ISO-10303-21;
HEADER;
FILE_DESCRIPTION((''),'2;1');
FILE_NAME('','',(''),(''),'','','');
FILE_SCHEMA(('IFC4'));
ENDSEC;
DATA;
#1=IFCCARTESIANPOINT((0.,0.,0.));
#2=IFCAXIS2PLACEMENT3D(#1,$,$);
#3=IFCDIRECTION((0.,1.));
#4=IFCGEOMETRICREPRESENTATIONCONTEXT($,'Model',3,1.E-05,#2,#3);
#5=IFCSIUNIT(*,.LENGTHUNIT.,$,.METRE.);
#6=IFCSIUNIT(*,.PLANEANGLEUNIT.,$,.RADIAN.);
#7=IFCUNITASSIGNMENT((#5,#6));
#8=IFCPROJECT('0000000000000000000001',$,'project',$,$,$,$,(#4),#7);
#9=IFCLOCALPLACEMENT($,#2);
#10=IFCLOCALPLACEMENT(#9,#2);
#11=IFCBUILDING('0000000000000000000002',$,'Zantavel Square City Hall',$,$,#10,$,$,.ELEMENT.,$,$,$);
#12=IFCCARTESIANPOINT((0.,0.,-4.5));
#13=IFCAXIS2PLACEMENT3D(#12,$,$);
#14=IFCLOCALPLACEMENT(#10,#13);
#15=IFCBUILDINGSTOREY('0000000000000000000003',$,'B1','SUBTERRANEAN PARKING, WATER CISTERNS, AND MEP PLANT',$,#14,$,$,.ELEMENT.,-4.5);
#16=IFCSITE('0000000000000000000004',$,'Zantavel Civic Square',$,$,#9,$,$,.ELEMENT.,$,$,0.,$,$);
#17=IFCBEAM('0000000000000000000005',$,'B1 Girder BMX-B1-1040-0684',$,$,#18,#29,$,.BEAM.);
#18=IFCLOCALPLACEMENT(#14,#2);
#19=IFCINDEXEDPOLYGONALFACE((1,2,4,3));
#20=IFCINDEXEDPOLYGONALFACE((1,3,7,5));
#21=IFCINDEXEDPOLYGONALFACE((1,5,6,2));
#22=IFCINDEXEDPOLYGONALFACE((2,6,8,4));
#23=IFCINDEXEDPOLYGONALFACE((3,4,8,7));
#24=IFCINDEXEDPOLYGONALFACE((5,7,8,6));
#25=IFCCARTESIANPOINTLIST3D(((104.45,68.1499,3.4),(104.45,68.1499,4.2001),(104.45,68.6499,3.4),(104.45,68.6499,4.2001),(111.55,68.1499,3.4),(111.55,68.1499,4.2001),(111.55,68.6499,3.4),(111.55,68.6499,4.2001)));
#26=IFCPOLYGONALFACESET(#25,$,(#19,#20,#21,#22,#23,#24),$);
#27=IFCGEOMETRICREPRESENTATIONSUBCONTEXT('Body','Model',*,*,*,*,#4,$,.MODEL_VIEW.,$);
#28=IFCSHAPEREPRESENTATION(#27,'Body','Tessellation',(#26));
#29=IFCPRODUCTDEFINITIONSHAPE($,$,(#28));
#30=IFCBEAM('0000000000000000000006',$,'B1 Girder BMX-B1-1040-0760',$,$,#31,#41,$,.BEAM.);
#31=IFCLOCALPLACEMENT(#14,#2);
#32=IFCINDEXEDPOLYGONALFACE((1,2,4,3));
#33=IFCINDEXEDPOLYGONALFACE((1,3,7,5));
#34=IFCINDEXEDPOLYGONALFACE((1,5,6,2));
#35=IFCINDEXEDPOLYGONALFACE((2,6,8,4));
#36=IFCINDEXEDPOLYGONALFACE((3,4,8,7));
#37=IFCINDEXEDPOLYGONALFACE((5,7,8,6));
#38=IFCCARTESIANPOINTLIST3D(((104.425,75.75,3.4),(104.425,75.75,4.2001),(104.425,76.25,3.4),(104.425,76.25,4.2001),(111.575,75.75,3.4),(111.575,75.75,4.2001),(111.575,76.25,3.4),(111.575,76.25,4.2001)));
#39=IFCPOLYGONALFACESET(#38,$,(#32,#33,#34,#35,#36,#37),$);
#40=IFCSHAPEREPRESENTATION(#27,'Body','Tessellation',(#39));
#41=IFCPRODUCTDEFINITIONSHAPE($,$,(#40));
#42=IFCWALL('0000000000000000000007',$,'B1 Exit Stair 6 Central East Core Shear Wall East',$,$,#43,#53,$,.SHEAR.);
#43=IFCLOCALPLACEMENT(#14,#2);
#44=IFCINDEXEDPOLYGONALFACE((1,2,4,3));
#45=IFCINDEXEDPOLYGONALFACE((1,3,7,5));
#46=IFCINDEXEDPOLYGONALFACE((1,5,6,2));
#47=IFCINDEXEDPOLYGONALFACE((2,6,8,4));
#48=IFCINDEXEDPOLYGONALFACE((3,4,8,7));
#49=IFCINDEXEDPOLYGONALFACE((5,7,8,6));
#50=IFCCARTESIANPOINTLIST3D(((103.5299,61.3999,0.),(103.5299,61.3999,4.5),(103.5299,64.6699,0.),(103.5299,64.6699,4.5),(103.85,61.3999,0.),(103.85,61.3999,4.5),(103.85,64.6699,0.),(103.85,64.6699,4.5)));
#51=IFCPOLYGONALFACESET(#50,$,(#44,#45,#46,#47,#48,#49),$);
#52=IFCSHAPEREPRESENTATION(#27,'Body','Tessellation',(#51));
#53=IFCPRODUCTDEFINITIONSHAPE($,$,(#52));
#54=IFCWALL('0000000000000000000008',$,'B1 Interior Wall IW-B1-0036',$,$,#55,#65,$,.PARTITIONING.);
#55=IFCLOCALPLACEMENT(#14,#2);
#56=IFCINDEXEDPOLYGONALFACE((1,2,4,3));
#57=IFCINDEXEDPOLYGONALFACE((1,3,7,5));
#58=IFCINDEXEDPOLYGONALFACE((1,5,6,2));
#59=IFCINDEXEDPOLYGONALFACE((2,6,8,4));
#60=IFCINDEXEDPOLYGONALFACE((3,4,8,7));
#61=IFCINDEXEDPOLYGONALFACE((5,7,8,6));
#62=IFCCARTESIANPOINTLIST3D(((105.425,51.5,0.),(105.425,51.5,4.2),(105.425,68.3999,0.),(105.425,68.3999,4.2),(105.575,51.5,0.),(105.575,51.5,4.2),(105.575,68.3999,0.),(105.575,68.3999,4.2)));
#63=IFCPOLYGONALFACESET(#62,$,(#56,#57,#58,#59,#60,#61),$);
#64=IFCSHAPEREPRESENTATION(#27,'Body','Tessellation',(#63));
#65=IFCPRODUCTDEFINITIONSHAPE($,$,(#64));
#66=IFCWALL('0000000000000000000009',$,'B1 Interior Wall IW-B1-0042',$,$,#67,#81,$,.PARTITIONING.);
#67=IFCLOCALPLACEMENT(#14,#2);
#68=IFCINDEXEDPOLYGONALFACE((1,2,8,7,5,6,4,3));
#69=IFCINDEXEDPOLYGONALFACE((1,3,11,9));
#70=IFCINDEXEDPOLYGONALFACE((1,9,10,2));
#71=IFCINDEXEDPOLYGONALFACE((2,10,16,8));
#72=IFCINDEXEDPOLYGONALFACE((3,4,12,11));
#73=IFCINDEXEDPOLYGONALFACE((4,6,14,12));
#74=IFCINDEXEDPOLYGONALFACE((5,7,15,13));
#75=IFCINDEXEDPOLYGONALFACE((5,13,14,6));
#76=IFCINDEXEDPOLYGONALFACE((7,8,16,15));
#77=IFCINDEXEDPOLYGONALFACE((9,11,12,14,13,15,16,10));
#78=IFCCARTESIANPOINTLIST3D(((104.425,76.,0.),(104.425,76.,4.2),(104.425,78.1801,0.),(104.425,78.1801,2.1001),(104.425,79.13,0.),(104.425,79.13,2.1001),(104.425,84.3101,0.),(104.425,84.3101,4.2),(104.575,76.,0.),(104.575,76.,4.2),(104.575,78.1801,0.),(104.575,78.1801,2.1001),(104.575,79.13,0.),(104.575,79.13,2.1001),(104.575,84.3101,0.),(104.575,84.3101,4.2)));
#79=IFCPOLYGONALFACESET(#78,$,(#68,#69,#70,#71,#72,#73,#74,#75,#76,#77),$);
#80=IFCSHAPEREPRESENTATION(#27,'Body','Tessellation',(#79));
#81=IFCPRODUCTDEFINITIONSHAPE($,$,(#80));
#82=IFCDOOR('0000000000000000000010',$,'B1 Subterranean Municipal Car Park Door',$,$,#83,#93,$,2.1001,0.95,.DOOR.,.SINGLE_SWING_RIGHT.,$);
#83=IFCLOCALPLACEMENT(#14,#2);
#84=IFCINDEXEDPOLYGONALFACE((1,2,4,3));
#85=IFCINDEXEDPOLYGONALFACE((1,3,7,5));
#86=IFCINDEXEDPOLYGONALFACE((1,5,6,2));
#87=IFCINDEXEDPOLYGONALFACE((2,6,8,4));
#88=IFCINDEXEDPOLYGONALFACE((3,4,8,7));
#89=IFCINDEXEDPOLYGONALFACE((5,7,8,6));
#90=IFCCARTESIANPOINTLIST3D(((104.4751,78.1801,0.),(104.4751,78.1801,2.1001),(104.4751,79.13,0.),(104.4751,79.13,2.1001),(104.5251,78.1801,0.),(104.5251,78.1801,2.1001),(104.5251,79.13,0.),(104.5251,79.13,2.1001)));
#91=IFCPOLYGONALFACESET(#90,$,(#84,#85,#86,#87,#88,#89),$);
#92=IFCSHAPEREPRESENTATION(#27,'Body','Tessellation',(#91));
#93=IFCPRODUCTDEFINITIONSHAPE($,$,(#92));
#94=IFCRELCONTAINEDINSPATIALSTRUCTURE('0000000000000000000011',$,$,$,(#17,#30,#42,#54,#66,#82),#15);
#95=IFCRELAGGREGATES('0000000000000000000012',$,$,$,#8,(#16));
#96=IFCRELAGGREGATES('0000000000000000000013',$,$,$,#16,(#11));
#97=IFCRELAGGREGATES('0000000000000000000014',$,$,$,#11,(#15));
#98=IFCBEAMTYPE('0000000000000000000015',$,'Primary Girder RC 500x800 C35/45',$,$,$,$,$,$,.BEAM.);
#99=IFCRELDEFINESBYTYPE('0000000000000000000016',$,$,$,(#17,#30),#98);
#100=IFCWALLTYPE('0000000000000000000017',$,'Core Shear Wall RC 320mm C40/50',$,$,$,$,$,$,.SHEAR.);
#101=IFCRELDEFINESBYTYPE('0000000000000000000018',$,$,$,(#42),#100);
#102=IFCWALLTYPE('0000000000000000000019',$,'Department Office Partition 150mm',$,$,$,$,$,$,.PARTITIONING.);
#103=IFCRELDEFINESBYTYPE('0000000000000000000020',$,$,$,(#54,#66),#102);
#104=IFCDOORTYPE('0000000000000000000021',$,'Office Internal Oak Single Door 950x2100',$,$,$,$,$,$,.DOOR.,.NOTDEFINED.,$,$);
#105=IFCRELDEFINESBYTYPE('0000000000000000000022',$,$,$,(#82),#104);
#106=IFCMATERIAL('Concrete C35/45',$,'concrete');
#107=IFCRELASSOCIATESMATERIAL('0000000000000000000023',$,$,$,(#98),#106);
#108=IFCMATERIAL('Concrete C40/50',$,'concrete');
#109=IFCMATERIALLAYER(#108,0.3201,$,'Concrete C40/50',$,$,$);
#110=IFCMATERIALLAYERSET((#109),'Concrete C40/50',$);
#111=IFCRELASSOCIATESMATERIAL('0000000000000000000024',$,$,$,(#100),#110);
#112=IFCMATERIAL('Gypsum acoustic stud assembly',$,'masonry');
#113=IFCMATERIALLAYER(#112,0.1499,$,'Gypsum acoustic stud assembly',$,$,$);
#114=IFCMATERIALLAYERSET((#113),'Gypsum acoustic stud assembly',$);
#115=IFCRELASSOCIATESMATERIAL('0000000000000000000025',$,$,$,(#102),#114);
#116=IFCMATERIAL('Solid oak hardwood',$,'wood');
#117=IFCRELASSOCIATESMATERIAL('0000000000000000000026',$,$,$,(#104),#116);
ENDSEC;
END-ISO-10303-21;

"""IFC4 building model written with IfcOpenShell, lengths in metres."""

from ifc_helpers import new_model, si_unit, direction, frame, frame_2d, origin, origin_2d, place, context, subcontext, project, spatial, rectangle, extrude, material, layer, layer_set, material_profile, profile_set, type_object, element, fill, save


model = new_model("IFC4")

# Units and contexts
model_context = context("Model", 3, precision=1e-05, world=origin(), true_north=direction((0.0, 1.0)))
body_context = subcontext(model_context, "Body", "Model", "MODEL_VIEW")
ifc_project = project(units=[si_unit("LENGTHUNIT", "METRE"), si_unit("PLANEANGLEUNIT", "RADIAN")], contexts=[model_context])

# Site, building, storey
site_placement = place(None, origin())
site = spatial("IfcSite", under=ifc_project, at=site_placement, Name="Zantavel Civic Square", CompositionType="ELEMENT", RefElevation=0.0)
building_placement = place(site_placement, origin())
building = spatial("IfcBuilding", under=site, at=building_placement, Name="Zantavel Square City Hall", CompositionType="ELEMENT")
storey_placement = place(building_placement, frame((0.0, 0.0, -4.5)))
storey = spatial("IfcBuildingStorey", under=building, at=storey_placement, Name="B1", Description="SUBTERRANEAN PARKING, WATER CISTERNS, AND MEP PLANT", CompositionType="ELEMENT", Elevation=-4.5)

# Shared definitions
ifc_material_1 = material(Name="Concrete C35/45", Category="concrete")

# Shared definitions
ifc_material_2 = material(Name="Concrete C40/50", Category="concrete")

# Beams
ifc_material_profile_1 = material_profile(ifc_material_1, rectangle(XDim=0.5, YDim=0.8, at=origin_2d()), Name="RC 500x800")
ifc_profile_set_1 = profile_set([ifc_material_profile_1], Name="Concrete C35/45")
beam_type_1 = type_object("IfcBeamType", Name="Primary Girder RC 500x800 C35/45", PredefinedType="BEAM", material=ifc_profile_set_1)
beam_1_placement = place(storey_placement, frame((104.45, 68.3999, 3.8), z_axis=(1.0, 0.0, 0.0), x_axis=(0.0, 1.0, 0.0)))
element("IfcBeam", 1, at=beam_1_placement, inside=storey, type_object=beam_type_1, Name="B1 Girder BMX-B1-1040-0684", PredefinedType="BEAM", context=body_context, shape_type="SweptSolid", body=[
    extrude(rectangle(XDim=0.5, YDim=0.8, at=origin_2d()), origin(), (0.0, 0.0, 1.0), 7.1001),
])
beam_2_placement = place(storey_placement, frame((104.425, 76.0, 3.8), z_axis=(1.0, 0.0, 0.0), x_axis=(0.0, 1.0, 0.0)))
element("IfcBeam", 2, at=beam_2_placement, inside=storey, type_object=beam_type_1, Name="B1 Girder BMX-B1-1040-0760", PredefinedType="BEAM", context=body_context, shape_type="SweptSolid", body=[
    extrude(rectangle(XDim=0.5, YDim=0.8, at=origin_2d()), origin(), (0.0, 0.0, 1.0), 7.1499),
])

# Walls
ifc_layer_1 = layer(ifc_material_2, 0.3201, Name="Concrete C40/50")
ifc_layer_set_1 = layer_set([ifc_layer_1], Name="Concrete C40/50")
wall_type_1 = type_object("IfcWallType", Name="Core Shear Wall RC 320mm C40/50", PredefinedType="SHEAR", material=ifc_layer_set_1)
wall_1_placement = place(storey_placement, frame((103.6899, 64.6699, 0.0), z_axis=(0.0, 0.0, 1.0), x_axis=(0.0, -1.0, 0.0)))
element("IfcWall", 3, at=wall_1_placement, inside=storey, type_object=wall_type_1, Name="B1 Exit Stair 6 Central East Core Shear Wall East", PredefinedType="SHEAR", context=body_context, shape_type="SweptSolid", body=[
    extrude(rectangle(XDim=3.27, YDim=0.3201, at=frame_2d((1.635, 0.0))), origin(), (0.0, 0.0, 1.0), 4.5),
])
ifc_material_3 = material(Name="Gypsum acoustic stud assembly", Category="masonry")
ifc_layer_2 = layer(ifc_material_3, 0.1499, Name="Gypsum acoustic stud assembly")
ifc_layer_set_2 = layer_set([ifc_layer_2], Name="Gypsum acoustic stud assembly")
wall_type_2 = type_object("IfcWallType", Name="Department Office Partition 150mm", PredefinedType="PARTITIONING", material=ifc_layer_set_2)
wall_2_placement = place(storey_placement, frame((105.5, 68.3999, 0.0), z_axis=(0.0, 0.0, 1.0), x_axis=(0.0, -1.0, 0.0)))
element("IfcWall", 4, at=wall_2_placement, inside=storey, type_object=wall_type_2, Name="B1 Interior Wall IW-B1-0036", PredefinedType="PARTITIONING", context=body_context, shape_type="SweptSolid", body=[
    extrude(rectangle(XDim=16.8999, YDim=0.1499, at=frame_2d((8.45, 0.0))), origin(), (0.0, 0.0, 1.0), 4.2),
])

# Wall, opening, door
wall_3_placement = place(storey_placement, frame((104.5, 76.0, 0.0), z_axis=(0.0, 0.0, 1.0), x_axis=(0.0, 1.0, 0.0)))
wall_3 = element("IfcWall", 5, at=wall_3_placement, inside=storey, type_object=wall_type_2, Name="B1 Interior Wall IW-B1-0042", PredefinedType="PARTITIONING", context=body_context, shape_type="SweptSolid", body=[
    extrude(rectangle(XDim=8.3101, YDim=0.1499, at=frame_2d((4.155, 0.0))), origin(), (0.0, 0.0, 1.0), 4.2),
])
opening_placement = place(wall_3_placement, frame((2.1799, 0.0, 0.0)))
opening = element("IfcOpeningElement", 6, at=opening_placement, cuts=wall_3, PredefinedType="OPENING", context=body_context, shape_type="SweptSolid", body=[
    extrude(rectangle(XDim=0.95, YDim=2.1001, at=frame_2d((0.4751, 1.05))), frame((0.0, 0.085, 0.0), z_axis=(0.0, -1.0, 0.0), x_axis=(1.0, 0.0, 0.0)), (0.0, 0.0, 1.0), 0.1699),
])
ifc_material_4 = material(Name="Solid oak hardwood", Category="wood")
door_type = type_object("IfcDoorType", Name="Office Internal Oak Single Door 950x2100", OperationType="NOTDEFINED", PredefinedType="DOOR", material=ifc_material_4)
door_placement = place(opening_placement, origin())
door = element("IfcDoor", 7, at=door_placement, inside=storey, type_object=door_type, Name="B1 Subterranean Municipal Car Park Door", OperationType="SINGLE_SWING_RIGHT", OverallHeight=2.1001, OverallWidth=0.95, PredefinedType="DOOR", context=body_context, shape_type="SweptSolid", body=[
    extrude(rectangle(XDim=0.95, YDim=2.1001, at=frame_2d((0.4751, 1.05))), frame((0.0, 0.0249, 0.0), z_axis=(0.0, -1.0, 0.0), x_axis=(1.0, 0.0, 0.0)), (0.0, 0.0, 1.0), 0.05),
])
fill(opening, door)

save(model, "model.ifc")
